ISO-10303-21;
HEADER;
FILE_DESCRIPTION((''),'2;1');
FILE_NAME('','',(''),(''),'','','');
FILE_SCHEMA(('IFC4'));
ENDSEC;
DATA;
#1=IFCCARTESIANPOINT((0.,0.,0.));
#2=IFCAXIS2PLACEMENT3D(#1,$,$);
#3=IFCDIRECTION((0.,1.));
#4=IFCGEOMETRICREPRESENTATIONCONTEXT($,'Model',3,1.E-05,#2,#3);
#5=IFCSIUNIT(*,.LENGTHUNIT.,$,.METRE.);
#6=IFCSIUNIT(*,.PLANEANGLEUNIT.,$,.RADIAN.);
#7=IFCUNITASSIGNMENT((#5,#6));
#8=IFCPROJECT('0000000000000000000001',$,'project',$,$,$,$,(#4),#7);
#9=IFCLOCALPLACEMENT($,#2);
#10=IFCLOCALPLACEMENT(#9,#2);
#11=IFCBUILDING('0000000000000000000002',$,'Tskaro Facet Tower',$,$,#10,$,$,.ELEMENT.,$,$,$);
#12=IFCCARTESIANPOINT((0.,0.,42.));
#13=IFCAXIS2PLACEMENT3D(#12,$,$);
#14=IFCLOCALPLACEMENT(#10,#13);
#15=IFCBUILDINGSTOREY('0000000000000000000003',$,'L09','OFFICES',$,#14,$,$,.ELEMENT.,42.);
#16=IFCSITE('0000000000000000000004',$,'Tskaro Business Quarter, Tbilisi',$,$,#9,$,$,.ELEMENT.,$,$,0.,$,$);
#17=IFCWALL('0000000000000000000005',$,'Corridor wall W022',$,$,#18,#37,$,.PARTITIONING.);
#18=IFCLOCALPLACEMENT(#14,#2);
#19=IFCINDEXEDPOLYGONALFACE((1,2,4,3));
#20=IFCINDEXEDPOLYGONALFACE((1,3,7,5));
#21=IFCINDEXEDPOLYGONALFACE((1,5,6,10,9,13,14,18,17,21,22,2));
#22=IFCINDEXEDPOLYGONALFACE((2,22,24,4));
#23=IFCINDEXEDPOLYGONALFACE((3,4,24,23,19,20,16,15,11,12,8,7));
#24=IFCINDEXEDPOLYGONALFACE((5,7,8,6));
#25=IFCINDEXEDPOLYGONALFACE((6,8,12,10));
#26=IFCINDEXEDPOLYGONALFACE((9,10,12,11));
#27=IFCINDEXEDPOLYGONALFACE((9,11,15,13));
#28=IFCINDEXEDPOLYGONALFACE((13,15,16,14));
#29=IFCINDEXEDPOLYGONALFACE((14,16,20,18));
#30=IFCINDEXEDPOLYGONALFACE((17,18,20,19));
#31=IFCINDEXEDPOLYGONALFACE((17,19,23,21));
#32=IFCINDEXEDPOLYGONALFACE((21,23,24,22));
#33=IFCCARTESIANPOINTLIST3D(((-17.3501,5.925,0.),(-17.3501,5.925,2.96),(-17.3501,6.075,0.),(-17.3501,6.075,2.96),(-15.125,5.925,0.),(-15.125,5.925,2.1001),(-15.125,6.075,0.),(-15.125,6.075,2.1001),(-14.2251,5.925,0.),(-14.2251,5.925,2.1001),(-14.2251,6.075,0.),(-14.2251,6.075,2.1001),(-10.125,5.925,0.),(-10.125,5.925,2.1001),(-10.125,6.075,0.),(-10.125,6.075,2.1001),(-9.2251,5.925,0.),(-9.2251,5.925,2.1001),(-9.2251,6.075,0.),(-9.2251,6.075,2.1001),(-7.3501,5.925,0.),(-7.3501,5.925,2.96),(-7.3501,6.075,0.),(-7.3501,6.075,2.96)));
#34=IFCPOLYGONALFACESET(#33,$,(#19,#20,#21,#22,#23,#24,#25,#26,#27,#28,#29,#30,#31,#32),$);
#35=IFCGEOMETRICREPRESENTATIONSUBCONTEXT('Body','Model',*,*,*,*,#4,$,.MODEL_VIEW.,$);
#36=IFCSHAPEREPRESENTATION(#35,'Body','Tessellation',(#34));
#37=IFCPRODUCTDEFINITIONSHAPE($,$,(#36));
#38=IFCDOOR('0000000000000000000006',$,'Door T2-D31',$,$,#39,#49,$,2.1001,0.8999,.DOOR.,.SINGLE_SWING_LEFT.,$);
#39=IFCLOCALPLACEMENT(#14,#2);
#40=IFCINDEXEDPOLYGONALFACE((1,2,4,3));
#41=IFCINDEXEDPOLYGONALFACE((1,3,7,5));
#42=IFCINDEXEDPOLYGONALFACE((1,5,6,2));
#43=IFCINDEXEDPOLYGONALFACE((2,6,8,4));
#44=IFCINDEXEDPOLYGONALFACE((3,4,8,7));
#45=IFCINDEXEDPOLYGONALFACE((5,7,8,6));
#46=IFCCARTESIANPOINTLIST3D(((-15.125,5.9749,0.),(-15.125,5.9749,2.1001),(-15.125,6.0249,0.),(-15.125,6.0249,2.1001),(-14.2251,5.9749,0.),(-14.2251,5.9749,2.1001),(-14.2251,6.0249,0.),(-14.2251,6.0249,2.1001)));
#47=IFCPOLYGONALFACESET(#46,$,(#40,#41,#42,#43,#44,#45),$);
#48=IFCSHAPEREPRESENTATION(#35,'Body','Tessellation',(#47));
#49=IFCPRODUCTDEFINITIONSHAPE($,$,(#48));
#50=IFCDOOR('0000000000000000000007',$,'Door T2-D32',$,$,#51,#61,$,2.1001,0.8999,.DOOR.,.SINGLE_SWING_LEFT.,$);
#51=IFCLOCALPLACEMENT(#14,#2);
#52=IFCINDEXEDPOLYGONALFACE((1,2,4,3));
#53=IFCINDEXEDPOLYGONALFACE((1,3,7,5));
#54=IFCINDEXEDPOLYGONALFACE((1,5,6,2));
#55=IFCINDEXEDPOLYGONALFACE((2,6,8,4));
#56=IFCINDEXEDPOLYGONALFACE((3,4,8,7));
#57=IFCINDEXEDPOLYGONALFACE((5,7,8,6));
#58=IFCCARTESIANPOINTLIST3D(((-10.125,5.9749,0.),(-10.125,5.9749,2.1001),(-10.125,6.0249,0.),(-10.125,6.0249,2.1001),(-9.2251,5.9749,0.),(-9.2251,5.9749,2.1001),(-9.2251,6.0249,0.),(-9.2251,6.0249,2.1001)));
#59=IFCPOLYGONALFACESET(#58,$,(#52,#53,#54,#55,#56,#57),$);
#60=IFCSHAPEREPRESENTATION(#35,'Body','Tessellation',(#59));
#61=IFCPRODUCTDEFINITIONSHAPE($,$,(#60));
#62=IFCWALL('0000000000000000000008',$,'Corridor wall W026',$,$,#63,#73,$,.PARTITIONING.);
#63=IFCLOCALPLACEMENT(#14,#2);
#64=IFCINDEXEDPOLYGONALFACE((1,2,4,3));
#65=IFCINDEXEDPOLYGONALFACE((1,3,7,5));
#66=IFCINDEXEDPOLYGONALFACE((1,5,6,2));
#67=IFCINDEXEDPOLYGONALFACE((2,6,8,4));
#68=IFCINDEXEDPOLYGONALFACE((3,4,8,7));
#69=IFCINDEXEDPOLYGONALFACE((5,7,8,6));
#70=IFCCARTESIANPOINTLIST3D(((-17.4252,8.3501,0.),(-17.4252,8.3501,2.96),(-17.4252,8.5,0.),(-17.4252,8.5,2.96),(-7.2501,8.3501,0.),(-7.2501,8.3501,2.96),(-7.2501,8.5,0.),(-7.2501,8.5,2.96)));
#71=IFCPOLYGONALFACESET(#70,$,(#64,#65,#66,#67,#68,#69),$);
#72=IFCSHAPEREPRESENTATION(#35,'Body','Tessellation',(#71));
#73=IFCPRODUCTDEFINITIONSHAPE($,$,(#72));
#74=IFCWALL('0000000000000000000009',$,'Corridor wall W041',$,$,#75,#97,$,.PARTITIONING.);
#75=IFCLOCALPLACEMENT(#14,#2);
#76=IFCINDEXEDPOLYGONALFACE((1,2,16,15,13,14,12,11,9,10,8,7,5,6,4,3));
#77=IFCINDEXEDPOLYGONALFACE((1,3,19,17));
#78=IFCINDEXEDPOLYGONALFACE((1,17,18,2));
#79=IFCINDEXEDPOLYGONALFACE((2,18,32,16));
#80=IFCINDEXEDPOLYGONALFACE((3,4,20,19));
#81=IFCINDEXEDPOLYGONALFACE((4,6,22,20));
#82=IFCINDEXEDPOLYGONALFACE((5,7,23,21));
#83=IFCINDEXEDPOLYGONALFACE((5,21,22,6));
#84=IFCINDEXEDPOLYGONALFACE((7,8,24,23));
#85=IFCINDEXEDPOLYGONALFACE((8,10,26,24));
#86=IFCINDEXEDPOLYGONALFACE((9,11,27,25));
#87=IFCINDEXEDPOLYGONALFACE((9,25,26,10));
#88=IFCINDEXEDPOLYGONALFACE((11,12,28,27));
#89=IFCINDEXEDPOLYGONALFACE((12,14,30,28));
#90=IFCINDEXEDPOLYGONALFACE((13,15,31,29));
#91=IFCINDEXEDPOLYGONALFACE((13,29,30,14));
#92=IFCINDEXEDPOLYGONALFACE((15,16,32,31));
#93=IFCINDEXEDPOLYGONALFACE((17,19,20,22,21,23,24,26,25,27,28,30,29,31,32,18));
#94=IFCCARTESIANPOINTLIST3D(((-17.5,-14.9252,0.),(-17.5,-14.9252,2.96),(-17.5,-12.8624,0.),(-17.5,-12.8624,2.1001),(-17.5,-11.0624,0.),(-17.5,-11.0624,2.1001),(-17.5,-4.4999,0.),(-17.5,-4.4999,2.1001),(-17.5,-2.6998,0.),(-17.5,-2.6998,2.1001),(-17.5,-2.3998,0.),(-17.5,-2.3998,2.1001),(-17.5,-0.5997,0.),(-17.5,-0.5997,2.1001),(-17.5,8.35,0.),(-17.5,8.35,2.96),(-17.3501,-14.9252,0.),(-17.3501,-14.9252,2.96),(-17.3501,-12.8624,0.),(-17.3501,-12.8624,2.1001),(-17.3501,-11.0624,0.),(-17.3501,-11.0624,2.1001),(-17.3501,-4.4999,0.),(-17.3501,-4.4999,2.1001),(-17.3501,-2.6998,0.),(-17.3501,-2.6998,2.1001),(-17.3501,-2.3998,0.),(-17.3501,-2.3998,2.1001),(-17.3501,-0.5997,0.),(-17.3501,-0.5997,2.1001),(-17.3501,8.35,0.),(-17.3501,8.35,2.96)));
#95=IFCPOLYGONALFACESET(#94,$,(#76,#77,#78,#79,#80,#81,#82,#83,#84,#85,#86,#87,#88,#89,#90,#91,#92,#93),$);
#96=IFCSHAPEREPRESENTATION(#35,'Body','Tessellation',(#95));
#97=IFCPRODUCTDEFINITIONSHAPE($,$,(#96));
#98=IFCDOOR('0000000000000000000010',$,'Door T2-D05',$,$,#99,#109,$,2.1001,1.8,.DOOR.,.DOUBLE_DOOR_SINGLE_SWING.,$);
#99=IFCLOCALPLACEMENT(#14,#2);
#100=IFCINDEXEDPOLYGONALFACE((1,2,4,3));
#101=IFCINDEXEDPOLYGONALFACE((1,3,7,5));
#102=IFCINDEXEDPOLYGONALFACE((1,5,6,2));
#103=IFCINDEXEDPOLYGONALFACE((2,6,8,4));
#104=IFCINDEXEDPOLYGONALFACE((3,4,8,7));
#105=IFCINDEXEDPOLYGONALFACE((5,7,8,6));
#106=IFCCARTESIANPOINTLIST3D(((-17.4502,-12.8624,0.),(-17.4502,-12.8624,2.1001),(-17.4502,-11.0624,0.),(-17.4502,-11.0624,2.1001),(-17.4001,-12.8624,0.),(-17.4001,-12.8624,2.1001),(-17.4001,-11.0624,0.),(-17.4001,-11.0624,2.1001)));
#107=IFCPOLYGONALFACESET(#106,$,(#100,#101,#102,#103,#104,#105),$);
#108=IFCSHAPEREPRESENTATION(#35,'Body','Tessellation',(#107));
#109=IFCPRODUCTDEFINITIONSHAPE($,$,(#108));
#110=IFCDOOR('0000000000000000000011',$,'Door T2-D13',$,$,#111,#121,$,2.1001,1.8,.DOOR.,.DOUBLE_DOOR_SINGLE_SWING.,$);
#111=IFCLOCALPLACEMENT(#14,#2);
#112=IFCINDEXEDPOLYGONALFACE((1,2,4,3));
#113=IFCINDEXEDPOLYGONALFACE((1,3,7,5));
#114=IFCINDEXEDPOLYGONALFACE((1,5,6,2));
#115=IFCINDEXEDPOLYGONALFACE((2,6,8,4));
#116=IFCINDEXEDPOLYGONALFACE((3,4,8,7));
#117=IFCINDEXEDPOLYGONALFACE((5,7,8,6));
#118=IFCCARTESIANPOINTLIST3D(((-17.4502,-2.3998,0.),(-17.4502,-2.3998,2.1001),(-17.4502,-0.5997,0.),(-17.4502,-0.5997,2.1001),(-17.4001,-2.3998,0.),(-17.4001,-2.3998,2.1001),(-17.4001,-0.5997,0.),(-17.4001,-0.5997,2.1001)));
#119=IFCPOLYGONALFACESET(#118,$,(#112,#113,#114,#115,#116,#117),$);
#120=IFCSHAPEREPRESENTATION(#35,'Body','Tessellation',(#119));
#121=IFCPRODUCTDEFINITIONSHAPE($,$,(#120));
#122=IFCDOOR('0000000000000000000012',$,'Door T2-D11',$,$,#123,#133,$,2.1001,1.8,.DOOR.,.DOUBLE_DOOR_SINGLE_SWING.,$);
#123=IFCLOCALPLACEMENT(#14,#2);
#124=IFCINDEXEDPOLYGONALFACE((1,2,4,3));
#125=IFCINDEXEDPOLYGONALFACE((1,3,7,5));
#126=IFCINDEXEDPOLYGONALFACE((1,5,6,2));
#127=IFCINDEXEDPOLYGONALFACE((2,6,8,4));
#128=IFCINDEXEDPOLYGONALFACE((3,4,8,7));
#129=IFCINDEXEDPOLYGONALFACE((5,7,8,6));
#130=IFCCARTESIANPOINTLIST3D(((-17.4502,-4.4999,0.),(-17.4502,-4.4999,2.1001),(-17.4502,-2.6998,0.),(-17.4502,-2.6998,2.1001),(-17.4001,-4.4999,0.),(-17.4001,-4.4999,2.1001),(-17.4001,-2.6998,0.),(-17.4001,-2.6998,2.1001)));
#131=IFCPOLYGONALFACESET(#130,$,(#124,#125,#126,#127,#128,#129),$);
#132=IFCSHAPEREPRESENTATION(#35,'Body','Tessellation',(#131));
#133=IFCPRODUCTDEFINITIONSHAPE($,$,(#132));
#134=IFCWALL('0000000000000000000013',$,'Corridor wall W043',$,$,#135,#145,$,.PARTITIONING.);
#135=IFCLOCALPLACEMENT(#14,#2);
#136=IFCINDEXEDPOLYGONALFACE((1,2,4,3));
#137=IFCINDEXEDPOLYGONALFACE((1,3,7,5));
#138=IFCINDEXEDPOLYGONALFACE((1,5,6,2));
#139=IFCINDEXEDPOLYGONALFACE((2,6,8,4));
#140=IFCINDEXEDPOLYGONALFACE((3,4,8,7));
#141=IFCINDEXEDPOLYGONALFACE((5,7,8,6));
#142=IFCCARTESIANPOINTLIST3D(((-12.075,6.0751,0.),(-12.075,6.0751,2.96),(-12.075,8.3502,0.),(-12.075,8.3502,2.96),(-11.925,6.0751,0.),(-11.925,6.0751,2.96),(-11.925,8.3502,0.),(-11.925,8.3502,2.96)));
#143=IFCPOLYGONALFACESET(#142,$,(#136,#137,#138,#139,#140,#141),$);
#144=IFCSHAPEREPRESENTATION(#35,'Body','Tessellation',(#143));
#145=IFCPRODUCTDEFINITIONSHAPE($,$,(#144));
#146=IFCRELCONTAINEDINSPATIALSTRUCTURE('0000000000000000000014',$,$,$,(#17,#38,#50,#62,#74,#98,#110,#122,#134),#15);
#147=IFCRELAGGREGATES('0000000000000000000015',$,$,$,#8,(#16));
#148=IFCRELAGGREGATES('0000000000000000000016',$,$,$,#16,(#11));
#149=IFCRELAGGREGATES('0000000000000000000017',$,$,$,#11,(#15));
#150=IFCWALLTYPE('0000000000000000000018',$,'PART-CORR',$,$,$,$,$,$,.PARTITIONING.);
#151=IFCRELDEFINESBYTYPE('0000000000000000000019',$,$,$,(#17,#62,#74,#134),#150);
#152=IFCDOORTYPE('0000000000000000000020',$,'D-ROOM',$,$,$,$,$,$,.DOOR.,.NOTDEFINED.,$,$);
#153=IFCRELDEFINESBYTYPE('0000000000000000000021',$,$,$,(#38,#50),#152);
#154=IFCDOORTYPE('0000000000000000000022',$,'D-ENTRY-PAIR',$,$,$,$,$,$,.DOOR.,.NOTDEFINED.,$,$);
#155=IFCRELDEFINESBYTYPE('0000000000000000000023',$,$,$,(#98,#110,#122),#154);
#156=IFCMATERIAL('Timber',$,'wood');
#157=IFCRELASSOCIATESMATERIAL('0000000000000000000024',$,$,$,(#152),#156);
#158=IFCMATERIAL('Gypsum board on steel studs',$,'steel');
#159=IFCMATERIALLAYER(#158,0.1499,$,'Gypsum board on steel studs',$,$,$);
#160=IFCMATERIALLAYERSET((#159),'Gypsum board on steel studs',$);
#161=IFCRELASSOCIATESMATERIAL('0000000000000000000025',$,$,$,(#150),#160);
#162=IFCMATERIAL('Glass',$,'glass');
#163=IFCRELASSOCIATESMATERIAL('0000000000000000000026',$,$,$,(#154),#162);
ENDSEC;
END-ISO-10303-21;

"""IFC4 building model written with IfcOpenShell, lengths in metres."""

from ifc_helpers import new_model, si_unit, direction, frame, frame_2d, origin, place, context, subcontext, project, spatial, rectangle, extrude, material, layer, layer_set, type_object, element, fill, save


model = new_model("IFC4")

# Units and contexts
model_context = context("Model", 3, precision=1e-05, world=origin(), true_north=direction((0.0, 1.0)))
body_context = subcontext(model_context, "Body", "Model", "MODEL_VIEW")
ifc_project = project(units=[si_unit("LENGTHUNIT", "METRE"), si_unit("PLANEANGLEUNIT", "RADIAN")], contexts=[model_context])

# Site, building, storey
site_placement = place(None, origin())
site = spatial("IfcSite", under=ifc_project, at=site_placement, Name="Tskaro Business Quarter, Tbilisi", CompositionType="ELEMENT", RefElevation=0.0)
building_placement = place(site_placement, origin())
building = spatial("IfcBuilding", under=site, at=building_placement, Name="Tskaro Facet Tower", CompositionType="ELEMENT")
storey_placement = place(building_placement, frame((0.0, 0.0, 42.0)))
storey = spatial("IfcBuildingStorey", under=building, at=storey_placement, Name="L09", Description="OFFICES", CompositionType="ELEMENT", Elevation=42.0)

# Shared definitions
ifc_material_1 = material(Name="Timber", Category="wood")
door_type_1 = type_object("IfcDoorType", Name="D-ROOM", OperationType="NOTDEFINED", PredefinedType="DOOR", material=ifc_material_1)

# Shared definitions
ifc_material_2 = material(Name="Gypsum board on steel studs", Category="steel")

# Wall, openings, doors
ifc_layer_1 = layer(ifc_material_2, 0.1499, Name="Gypsum board on steel studs")
ifc_layer_set_1 = layer_set([ifc_layer_1], Name="Gypsum board on steel studs")
wall_type_1 = type_object("IfcWallType", Name="PART-CORR", PredefinedType="PARTITIONING", material=ifc_layer_set_1)
wall_1_placement = place(storey_placement, frame((-17.3501, 6.0, 0.0), z_axis=(0.0, 0.0, 1.0), x_axis=(1.0, 0.0, 0.0)))
wall_1 = element("IfcWall", 1, at=wall_1_placement, inside=storey, type_object=wall_type_1, Name="Corridor wall W022", PredefinedType="PARTITIONING", context=body_context, shape_type="SweptSolid", body=[
    extrude(rectangle(XDim=10.0, YDim=0.1499, at=frame_2d((5.0, 0.0))), origin(), (0.0, 0.0, 1.0), 2.96),
])
opening_1_placement = place(wall_1_placement, frame((2.2251, 0.0, 0.0)))
opening_1 = element("IfcOpeningElement", 2, at=opening_1_placement, cuts=wall_1, PredefinedType="OPENING", context=body_context, shape_type="SweptSolid", body=[
    extrude(rectangle(XDim=0.8999, YDim=2.1001, at=frame_2d((0.45, 1.05))), frame((0.0, 0.085, 0.0), z_axis=(0.0, -1.0, 0.0), x_axis=(1.0, 0.0, 0.0)), (0.0, 0.0, 1.0), 0.1699),
])
opening_2_placement = place(wall_1_placement, frame((7.2251, 0.0, 0.0)))
opening_2 = element("IfcOpeningElement", 3, at=opening_2_placement, cuts=wall_1, PredefinedType="OPENING", context=body_context, shape_type="SweptSolid", body=[
    extrude(rectangle(XDim=0.8999, YDim=2.1001, at=frame_2d((0.45, 1.05))), frame((0.0, 0.085, 0.0), z_axis=(0.0, -1.0, 0.0), x_axis=(1.0, 0.0, 0.0)), (0.0, 0.0, 1.0), 0.1699),
])
door_1_placement = place(opening_1_placement, origin())
door_1 = element("IfcDoor", 4, at=door_1_placement, inside=storey, type_object=door_type_1, Name="Door T2-D31", OperationType="SINGLE_SWING_LEFT", OverallHeight=2.1001, OverallWidth=0.8999, PredefinedType="DOOR", context=body_context, shape_type="SweptSolid", body=[
    extrude(rectangle(XDim=0.8999, YDim=2.1001, at=frame_2d((0.45, 1.05))), frame((0.0, 0.0249, 0.0), z_axis=(0.0, -1.0, 0.0), x_axis=(1.0, 0.0, 0.0)), (0.0, 0.0, 1.0), 0.05),
])
fill(opening_1, door_1)
door_2_placement = place(opening_2_placement, origin())
door_2 = element("IfcDoor", 5, at=door_2_placement, inside=storey, type_object=door_type_1, Name="Door T2-D32", OperationType="SINGLE_SWING_LEFT", OverallHeight=2.1001, OverallWidth=0.8999, PredefinedType="DOOR", context=body_context, shape_type="SweptSolid", body=[
    extrude(rectangle(XDim=0.8999, YDim=2.1001, at=frame_2d((0.45, 1.05))), frame((0.0, 0.0249, 0.0), z_axis=(0.0, -1.0, 0.0), x_axis=(1.0, 0.0, 0.0)), (0.0, 0.0, 1.0), 0.05),
])
fill(opening_2, door_2)

# Wall
wall_2_placement = place(storey_placement, frame((-17.425, 8.425, 0.0), z_axis=(0.0, 0.0, 1.0), x_axis=(1.0, 0.0, 0.0)))
element("IfcWall", 6, at=wall_2_placement, inside=storey, type_object=wall_type_1, Name="Corridor wall W026", PredefinedType="PARTITIONING", context=body_context, shape_type="SweptSolid", body=[
    extrude(rectangle(XDim=10.175, YDim=0.1499, at=frame_2d((5.0874, 0.0))), origin(), (0.0, 0.0, 1.0), 2.96),
])

# Wall, openings, doors
wall_3_placement = place(storey_placement, frame((-17.425, 8.3501, 0.0), z_axis=(0.0, 0.0, 1.0), x_axis=(0.0, -1.0, 0.0)))
wall_3 = element("IfcWall", 7, at=wall_3_placement, inside=storey, type_object=wall_type_1, Name="Corridor wall W041", PredefinedType="PARTITIONING", context=body_context, shape_type="SweptSolid", body=[
    extrude(rectangle(XDim=23.2751, YDim=0.1499, at=frame_2d((11.6377, 0.0))), origin(), (0.0, 0.0, 1.0), 2.96),
])
opening_3_placement = place(wall_3_placement, frame((19.4126, 0.0, 0.0)))
opening_3 = element("IfcOpeningElement", 8, at=opening_3_placement, cuts=wall_3, PredefinedType="OPENING", context=body_context, shape_type="SweptSolid", body=[
    extrude(rectangle(XDim=1.8, YDim=2.1001, at=frame_2d((0.8999, 1.05))), frame((0.0, 0.085, 0.0), z_axis=(0.0, -1.0, 0.0), x_axis=(1.0, 0.0, 0.0)), (0.0, 0.0, 1.0), 0.1699),
])
opening_4_placement = place(wall_3_placement, frame((8.95, 0.0, 0.0)))
opening_4 = element("IfcOpeningElement", 9, at=opening_4_placement, cuts=wall_3, PredefinedType="OPENING", context=body_context, shape_type="SweptSolid", body=[
    extrude(rectangle(XDim=1.8, YDim=2.1001, at=frame_2d((0.8999, 1.05))), frame((0.0, 0.085, 0.0), z_axis=(0.0, -1.0, 0.0), x_axis=(1.0, 0.0, 0.0)), (0.0, 0.0, 1.0), 0.1699),
])
opening_5_placement = place(wall_3_placement, frame((11.05, 0.0, 0.0)))
opening_5 = element("IfcOpeningElement", 10, at=opening_5_placement, cuts=wall_3, PredefinedType="OPENING", context=body_context, shape_type="SweptSolid", body=[
    extrude(rectangle(XDim=1.8, YDim=2.1001, at=frame_2d((0.8999, 1.05))), frame((0.0, 0.085, 0.0), z_axis=(0.0, -1.0, 0.0), x_axis=(1.0, 0.0, 0.0)), (0.0, 0.0, 1.0), 0.1699),
])
ifc_material_3 = material(Name="Glass", Category="glass")
door_type_2 = type_object("IfcDoorType", Name="D-ENTRY-PAIR", OperationType="NOTDEFINED", PredefinedType="DOOR", material=ifc_material_3)
door_3_placement = place(opening_3_placement, origin())
door_3 = element("IfcDoor", 11, at=door_3_placement, inside=storey, type_object=door_type_2, Name="Door T2-D05", OperationType="DOUBLE_DOOR_SINGLE_SWING", OverallHeight=2.1001, OverallWidth=1.8, PredefinedType="DOOR", context=body_context, shape_type="SweptSolid", body=[
    extrude(rectangle(XDim=1.8, YDim=2.1001, at=frame_2d((0.8999, 1.05))), frame((0.0, 0.0249, 0.0), z_axis=(0.0, -1.0, 0.0), x_axis=(1.0, 0.0, 0.0)), (0.0, 0.0, 1.0), 0.05),
])
fill(opening_3, door_3)
door_4_placement = place(opening_4_placement, origin())
door_4 = element("IfcDoor", 12, at=door_4_placement, inside=storey, type_object=door_type_2, Name="Door T2-D13", OperationType="DOUBLE_DOOR_SINGLE_SWING", OverallHeight=2.1001, OverallWidth=1.8, PredefinedType="DOOR", context=body_context, shape_type="SweptSolid", body=[
    extrude(rectangle(XDim=1.8, YDim=2.1001, at=frame_2d((0.8999, 1.05))), frame((0.0, 0.0249, 0.0), z_axis=(0.0, -1.0, 0.0), x_axis=(1.0, 0.0, 0.0)), (0.0, 0.0, 1.0), 0.05),
])
fill(opening_4, door_4)
door_5_placement = place(opening_5_placement, origin())
door_5 = element("IfcDoor", 13, at=door_5_placement, inside=storey, type_object=door_type_2, Name="Door T2-D11", OperationType="DOUBLE_DOOR_SINGLE_SWING", OverallHeight=2.1001, OverallWidth=1.8, PredefinedType="DOOR", context=body_context, shape_type="SweptSolid", body=[
    extrude(rectangle(XDim=1.8, YDim=2.1001, at=frame_2d((0.8999, 1.05))), frame((0.0, 0.0249, 0.0), z_axis=(0.0, -1.0, 0.0), x_axis=(1.0, 0.0, 0.0)), (0.0, 0.0, 1.0), 0.05),
])
fill(opening_5, door_5)

# Wall
wall_4_placement = place(storey_placement, frame((-12.0, 6.075, 0.0), z_axis=(0.0, 0.0, 1.0), x_axis=(0.0, 1.0, 0.0)))
element("IfcWall", 14, at=wall_4_placement, inside=storey, type_object=wall_type_1, Name="Corridor wall W043", PredefinedType="PARTITIONING", context=body_context, shape_type="SweptSolid", body=[
    extrude(rectangle(XDim=2.2751, YDim=0.1499, at=frame_2d((1.1377, 0.0))), origin(), (0.0, 0.0, 1.0), 2.96),
])

save(model, "model.ifc")
